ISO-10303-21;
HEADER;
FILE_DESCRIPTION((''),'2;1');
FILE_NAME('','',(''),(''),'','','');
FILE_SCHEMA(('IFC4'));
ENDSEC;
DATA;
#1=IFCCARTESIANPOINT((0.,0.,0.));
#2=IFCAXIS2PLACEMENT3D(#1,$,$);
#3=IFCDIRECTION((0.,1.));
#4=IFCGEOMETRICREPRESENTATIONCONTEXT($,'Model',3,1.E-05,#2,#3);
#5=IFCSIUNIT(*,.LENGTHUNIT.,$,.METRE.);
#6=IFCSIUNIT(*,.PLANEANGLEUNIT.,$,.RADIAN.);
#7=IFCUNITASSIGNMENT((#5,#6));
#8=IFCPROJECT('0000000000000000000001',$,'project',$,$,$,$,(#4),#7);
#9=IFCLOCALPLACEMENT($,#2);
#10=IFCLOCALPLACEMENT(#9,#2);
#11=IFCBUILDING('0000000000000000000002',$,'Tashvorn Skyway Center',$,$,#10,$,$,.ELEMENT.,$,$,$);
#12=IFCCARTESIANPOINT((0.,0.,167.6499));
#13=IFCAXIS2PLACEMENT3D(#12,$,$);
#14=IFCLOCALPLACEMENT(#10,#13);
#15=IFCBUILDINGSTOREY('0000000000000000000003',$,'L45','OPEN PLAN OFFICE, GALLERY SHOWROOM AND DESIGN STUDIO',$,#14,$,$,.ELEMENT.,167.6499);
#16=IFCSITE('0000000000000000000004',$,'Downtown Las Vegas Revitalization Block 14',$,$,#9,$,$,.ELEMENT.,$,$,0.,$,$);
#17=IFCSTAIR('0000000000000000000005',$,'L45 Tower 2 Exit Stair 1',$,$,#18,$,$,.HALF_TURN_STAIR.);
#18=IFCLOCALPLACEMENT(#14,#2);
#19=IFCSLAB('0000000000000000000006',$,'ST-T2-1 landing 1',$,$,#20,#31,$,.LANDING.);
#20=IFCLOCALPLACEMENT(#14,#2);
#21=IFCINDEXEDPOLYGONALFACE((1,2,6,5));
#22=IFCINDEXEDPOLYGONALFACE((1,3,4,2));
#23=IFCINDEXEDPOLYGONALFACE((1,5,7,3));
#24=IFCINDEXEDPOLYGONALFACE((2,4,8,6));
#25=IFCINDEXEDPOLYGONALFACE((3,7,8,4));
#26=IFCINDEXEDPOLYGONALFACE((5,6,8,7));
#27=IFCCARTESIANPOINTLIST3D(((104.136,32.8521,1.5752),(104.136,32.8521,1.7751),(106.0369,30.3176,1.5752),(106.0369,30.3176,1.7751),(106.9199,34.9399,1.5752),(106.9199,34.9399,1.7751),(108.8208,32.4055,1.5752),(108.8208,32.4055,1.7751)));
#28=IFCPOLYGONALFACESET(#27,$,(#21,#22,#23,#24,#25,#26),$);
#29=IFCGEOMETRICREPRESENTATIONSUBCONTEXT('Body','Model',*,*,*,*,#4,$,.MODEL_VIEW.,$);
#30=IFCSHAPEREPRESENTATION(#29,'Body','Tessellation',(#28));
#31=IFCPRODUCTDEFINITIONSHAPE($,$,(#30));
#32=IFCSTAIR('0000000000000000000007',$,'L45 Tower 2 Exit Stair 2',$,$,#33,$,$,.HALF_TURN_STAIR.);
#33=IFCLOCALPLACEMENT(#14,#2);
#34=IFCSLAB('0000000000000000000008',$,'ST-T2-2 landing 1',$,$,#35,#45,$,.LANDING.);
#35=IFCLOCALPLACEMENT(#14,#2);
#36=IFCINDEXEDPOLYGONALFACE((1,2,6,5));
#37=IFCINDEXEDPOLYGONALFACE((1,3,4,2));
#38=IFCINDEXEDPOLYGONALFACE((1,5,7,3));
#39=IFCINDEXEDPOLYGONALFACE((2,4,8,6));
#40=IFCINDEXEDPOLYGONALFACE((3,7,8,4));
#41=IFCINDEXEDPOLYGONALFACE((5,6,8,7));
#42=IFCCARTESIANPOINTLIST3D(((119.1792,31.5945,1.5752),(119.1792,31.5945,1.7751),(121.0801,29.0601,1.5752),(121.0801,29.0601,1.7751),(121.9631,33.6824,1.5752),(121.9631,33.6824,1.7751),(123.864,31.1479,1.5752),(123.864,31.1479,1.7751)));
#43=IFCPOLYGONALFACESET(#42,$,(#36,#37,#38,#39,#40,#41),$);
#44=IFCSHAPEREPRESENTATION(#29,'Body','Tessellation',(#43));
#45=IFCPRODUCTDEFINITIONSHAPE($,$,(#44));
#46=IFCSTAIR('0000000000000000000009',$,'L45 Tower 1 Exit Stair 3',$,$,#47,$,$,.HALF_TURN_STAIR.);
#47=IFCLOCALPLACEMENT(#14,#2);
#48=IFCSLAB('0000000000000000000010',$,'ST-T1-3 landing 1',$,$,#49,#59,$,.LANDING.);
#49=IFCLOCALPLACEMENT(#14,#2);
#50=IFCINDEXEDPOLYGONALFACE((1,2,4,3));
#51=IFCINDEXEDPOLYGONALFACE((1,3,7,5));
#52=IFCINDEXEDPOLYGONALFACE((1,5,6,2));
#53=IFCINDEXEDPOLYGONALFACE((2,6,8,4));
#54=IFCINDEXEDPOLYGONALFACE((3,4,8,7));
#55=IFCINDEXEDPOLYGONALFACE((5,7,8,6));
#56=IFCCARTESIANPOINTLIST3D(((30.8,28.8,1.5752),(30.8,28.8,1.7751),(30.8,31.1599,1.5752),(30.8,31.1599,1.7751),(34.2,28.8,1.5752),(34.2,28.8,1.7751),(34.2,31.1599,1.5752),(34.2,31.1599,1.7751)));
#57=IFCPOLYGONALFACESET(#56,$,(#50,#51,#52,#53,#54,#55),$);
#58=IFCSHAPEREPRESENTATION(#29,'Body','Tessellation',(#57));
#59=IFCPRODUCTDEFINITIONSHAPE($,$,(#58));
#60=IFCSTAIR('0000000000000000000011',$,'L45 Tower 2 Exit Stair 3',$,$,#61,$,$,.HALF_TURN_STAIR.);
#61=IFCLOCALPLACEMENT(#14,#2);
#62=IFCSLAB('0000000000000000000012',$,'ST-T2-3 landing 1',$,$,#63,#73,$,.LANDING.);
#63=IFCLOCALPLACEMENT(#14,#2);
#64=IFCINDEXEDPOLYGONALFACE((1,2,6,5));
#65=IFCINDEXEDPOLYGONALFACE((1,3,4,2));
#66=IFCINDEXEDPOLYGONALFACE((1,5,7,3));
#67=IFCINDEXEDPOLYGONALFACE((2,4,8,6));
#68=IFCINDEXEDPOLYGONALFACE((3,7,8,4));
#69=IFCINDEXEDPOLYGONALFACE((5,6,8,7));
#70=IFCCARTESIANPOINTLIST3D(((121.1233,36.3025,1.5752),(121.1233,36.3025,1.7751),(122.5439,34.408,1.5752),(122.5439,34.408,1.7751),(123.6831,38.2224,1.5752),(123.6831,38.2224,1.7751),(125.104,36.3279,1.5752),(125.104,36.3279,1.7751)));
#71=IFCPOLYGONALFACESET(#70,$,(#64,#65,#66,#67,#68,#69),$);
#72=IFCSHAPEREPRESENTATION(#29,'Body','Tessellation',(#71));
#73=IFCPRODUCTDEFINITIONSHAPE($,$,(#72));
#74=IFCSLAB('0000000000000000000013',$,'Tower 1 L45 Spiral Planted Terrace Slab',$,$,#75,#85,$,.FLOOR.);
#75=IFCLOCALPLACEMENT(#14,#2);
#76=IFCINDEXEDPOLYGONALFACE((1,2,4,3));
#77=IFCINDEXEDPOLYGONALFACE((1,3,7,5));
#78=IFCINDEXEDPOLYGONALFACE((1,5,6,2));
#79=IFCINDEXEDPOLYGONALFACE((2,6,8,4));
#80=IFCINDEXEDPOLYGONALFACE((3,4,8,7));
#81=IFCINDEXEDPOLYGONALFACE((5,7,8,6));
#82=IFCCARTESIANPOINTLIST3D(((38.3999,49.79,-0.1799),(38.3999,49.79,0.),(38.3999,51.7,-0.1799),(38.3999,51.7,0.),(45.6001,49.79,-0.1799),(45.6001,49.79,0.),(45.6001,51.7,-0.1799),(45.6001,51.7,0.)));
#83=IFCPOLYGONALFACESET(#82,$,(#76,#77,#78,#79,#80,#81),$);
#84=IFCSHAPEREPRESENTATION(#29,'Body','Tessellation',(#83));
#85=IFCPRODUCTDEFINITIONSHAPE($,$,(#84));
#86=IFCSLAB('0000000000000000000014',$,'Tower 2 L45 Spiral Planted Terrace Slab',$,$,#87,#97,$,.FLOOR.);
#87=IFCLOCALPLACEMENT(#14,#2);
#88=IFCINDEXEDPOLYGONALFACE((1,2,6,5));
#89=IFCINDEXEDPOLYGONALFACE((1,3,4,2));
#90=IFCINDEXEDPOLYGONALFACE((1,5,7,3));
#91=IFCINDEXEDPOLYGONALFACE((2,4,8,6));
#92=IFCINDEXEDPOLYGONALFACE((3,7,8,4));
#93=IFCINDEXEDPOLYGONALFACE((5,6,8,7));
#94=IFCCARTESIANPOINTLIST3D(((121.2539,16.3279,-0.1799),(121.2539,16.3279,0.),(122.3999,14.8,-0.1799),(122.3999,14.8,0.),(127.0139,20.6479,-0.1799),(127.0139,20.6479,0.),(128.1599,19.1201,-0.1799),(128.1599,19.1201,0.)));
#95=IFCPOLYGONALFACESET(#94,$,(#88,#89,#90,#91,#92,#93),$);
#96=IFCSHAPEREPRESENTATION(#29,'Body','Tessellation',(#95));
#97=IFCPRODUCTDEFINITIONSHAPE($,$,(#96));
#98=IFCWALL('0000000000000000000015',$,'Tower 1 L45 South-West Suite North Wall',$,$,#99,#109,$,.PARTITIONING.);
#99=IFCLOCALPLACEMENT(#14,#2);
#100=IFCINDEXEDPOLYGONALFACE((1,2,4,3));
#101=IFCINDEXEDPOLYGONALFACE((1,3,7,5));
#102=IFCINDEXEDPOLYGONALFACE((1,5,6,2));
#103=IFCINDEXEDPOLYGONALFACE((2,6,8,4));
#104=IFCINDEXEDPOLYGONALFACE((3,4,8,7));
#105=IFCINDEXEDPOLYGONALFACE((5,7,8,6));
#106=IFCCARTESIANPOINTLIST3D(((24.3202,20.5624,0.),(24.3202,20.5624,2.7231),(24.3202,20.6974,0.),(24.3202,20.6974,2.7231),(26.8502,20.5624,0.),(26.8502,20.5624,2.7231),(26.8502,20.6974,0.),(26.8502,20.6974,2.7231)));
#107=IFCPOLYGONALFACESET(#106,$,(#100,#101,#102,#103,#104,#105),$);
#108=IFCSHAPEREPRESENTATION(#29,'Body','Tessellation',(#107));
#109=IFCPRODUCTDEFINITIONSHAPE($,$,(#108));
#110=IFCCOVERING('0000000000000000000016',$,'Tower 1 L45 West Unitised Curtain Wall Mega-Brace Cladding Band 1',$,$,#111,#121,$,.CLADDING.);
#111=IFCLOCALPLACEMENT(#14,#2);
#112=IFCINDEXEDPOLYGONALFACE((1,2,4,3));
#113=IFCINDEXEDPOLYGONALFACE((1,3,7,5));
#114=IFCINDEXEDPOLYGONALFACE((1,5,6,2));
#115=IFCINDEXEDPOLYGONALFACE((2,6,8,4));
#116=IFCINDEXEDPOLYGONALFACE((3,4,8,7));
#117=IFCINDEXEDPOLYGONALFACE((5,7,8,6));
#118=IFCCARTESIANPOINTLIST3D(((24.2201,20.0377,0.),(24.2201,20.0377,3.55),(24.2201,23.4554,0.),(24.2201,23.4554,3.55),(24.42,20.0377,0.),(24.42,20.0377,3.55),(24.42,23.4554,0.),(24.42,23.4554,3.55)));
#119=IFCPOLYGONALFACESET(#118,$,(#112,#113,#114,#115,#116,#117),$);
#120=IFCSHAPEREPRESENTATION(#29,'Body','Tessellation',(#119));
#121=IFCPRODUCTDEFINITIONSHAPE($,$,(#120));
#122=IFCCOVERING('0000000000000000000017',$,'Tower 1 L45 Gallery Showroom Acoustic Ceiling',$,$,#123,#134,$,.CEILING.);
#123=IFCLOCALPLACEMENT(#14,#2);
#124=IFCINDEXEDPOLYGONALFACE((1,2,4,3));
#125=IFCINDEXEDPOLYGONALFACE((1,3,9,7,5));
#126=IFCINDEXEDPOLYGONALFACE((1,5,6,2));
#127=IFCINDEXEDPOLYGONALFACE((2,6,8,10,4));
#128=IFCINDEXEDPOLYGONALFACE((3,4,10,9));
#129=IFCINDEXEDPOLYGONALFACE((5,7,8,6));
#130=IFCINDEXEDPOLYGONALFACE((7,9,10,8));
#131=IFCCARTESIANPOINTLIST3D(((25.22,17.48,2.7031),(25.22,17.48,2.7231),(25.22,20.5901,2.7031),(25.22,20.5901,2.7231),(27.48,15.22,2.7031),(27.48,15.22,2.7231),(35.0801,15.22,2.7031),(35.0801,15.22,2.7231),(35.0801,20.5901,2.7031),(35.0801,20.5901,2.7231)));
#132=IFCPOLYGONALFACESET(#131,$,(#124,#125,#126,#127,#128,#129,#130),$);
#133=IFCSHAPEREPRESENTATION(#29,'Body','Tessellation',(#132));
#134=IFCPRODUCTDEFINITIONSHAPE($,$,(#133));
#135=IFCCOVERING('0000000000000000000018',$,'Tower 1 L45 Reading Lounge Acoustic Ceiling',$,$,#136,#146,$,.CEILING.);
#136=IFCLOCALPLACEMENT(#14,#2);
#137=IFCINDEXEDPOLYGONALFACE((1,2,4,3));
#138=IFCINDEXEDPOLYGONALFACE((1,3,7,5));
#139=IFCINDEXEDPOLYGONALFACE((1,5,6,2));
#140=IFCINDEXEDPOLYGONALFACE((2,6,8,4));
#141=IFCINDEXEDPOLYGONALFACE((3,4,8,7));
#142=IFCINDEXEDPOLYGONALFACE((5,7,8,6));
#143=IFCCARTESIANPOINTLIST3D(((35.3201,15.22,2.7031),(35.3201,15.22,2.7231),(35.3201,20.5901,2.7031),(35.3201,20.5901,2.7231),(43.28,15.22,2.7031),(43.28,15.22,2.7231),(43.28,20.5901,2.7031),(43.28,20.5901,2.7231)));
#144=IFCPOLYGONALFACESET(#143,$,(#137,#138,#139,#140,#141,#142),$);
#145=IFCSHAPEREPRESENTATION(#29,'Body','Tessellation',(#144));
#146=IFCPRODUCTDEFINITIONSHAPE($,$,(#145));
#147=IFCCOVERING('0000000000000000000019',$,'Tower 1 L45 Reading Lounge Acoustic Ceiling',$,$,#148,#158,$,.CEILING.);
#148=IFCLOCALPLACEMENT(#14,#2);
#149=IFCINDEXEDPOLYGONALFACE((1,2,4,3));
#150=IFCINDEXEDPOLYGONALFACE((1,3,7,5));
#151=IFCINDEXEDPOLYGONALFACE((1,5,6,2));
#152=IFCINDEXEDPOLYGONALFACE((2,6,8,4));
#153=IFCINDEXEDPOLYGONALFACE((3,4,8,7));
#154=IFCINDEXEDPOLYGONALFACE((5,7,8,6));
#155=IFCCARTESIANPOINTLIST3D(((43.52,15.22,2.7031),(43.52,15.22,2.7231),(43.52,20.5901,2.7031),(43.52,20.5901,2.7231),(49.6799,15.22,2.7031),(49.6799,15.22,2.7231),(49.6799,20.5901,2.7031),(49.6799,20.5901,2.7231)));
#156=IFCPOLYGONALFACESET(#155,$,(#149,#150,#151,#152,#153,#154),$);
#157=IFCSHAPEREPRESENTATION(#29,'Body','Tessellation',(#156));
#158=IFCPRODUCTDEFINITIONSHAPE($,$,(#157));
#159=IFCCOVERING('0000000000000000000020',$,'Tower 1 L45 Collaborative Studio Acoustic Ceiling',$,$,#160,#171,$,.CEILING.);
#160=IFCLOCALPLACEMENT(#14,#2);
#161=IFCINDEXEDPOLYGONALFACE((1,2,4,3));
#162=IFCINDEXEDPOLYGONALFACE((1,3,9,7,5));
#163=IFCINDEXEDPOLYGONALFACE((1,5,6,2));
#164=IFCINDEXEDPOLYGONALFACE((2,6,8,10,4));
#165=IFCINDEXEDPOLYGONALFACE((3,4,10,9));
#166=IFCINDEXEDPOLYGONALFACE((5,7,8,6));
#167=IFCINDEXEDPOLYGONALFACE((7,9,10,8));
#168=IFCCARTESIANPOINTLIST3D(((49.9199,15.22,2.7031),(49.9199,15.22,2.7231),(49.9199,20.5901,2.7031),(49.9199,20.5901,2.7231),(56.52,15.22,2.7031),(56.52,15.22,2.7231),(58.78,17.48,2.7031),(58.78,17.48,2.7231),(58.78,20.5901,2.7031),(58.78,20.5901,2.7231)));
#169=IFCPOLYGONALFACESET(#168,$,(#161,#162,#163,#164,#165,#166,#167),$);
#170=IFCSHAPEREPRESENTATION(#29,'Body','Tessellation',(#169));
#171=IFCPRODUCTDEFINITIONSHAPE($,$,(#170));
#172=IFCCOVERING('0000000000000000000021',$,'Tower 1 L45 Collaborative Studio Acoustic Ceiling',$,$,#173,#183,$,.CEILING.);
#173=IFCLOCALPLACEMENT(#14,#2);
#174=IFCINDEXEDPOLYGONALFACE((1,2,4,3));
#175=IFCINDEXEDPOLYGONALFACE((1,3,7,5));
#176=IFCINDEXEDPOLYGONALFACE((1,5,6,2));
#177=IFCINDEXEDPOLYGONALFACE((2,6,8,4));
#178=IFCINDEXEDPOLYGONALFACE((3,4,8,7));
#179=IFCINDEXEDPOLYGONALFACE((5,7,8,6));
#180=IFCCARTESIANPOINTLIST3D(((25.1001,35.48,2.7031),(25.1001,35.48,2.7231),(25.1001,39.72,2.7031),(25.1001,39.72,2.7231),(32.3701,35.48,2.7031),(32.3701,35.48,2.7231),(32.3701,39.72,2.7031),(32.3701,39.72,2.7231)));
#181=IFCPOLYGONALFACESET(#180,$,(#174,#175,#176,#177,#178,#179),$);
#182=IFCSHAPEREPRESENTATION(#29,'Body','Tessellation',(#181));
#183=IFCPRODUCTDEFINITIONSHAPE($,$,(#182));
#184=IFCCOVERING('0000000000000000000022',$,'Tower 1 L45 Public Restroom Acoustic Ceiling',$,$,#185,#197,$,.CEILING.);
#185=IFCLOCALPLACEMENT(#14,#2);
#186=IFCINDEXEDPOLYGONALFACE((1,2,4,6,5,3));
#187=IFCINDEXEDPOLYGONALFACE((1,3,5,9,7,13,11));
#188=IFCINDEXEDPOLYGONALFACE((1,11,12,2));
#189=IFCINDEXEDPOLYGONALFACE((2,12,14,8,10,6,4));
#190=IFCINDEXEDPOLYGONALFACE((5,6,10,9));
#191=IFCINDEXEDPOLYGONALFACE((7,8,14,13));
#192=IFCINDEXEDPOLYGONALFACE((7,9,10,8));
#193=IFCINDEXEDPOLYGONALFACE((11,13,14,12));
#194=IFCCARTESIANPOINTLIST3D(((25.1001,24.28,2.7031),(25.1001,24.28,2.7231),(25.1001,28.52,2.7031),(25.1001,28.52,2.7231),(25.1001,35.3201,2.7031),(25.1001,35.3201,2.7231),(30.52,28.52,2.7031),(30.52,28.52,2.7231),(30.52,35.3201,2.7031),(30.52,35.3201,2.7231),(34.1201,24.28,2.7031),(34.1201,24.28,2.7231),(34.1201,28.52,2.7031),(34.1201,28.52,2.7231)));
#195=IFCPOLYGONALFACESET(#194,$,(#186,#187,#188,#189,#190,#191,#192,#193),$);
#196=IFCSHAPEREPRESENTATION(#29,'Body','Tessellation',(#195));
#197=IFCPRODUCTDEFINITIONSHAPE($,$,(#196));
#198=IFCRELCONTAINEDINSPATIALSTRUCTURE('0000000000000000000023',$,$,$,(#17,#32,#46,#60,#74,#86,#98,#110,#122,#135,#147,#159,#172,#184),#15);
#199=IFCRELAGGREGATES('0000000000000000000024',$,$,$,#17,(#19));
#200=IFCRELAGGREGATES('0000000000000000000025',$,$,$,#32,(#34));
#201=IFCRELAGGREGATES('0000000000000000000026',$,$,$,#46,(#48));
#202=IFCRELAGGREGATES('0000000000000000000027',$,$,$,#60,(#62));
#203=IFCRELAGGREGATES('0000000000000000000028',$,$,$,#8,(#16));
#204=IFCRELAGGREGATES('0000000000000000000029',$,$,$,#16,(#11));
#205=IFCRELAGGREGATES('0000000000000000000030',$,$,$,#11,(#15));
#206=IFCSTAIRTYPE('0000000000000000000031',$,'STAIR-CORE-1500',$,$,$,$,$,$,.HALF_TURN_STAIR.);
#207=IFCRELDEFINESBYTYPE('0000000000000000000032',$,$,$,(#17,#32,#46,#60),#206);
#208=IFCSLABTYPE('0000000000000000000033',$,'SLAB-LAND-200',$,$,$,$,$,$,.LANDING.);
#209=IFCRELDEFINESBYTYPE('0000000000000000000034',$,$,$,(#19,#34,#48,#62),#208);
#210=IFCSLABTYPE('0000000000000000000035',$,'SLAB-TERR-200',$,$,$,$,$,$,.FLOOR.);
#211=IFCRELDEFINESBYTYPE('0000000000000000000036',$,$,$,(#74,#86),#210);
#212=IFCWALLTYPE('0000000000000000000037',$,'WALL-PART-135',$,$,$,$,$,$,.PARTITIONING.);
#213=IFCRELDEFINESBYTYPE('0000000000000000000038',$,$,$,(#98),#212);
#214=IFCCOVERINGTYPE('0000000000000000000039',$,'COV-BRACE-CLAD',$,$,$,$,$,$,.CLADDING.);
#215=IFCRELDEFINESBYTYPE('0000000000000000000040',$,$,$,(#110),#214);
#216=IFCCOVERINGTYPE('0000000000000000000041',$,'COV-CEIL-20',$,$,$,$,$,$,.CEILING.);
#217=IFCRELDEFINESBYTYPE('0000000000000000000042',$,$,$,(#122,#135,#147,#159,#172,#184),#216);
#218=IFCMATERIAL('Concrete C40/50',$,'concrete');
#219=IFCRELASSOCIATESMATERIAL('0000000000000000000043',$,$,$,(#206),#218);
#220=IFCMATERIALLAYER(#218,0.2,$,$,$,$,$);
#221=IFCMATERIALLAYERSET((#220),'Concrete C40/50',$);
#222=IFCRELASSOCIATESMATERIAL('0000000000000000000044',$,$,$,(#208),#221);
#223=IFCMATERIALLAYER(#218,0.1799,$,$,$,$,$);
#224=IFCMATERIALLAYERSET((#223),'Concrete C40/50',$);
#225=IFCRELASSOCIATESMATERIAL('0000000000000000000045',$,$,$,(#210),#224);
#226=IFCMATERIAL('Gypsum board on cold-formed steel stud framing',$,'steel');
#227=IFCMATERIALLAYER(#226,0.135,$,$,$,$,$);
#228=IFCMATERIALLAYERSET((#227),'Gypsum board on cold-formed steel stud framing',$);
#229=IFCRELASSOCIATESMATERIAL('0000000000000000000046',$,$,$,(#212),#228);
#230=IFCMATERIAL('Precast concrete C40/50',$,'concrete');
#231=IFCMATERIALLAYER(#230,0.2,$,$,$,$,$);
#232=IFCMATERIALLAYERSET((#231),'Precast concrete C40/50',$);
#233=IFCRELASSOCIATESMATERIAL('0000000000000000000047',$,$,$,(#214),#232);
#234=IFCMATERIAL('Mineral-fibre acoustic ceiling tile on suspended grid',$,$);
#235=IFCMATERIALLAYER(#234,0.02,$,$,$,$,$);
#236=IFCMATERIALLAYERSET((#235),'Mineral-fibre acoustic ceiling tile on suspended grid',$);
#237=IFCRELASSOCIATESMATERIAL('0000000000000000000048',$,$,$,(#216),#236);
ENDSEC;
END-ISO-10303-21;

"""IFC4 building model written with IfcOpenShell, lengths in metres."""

from ifc_helpers import new_model, si_unit, direction, frame, frame_2d, origin, origin_2d, place, context, subcontext, project, spatial, polyline, rectangle, outline, extrude, material, layer, layer_set, type_object, element, aggregate, save


model = new_model("IFC4")

# Units and contexts
model_context = context("Model", 3, precision=1e-05, world=origin(), true_north=direction((0.0, 1.0)))
body_context = subcontext(model_context, "Body", "Model", "MODEL_VIEW")
ifc_project = project(units=[si_unit("LENGTHUNIT", "METRE"), si_unit("PLANEANGLEUNIT", "RADIAN")], contexts=[model_context])

# Site, building, storey
site_placement = place(None, origin())
site = spatial("IfcSite", under=ifc_project, at=site_placement, Name="Downtown Las Vegas Revitalization Block 14", CompositionType="ELEMENT", RefElevation=0.0)
building_placement = place(site_placement, origin())
building = spatial("IfcBuilding", under=site, at=building_placement, Name="Tashvorn Skyway Center", CompositionType="ELEMENT")
storey_placement = place(building_placement, frame((0.0, 0.0, 167.6499)))
storey = spatial("IfcBuildingStorey", under=building, at=storey_placement, Name="L45", Description="OPEN PLAN OFFICE, GALLERY SHOWROOM AND DESIGN STUDIO", CompositionType="ELEMENT", Elevation=167.6499)

# Shared definitions
ifc_material_1 = material(Name="Concrete C40/50", Category="concrete")

# Stairs, slabs
stair_type = type_object("IfcStairType", Name="STAIR-CORE-1500", PredefinedType="HALF_TURN_STAIR", material=ifc_material_1)
ifc_layer_1 = layer(ifc_material_1, 0.2)
ifc_layer_set_1 = layer_set([ifc_layer_1], Name="Concrete C40/50")
slab_type_1 = type_object("IfcSlabType", Name="SLAB-LAND-200", PredefinedType="LANDING", material=ifc_layer_set_1)
stair_1_placement = place(storey_placement, origin())
stair_1 = element("IfcStair", 1, at=stair_1_placement, inside=storey, type_object=stair_type, Name="L45 Tower 2 Exit Stair 1", PredefinedType="HALF_TURN_STAIR")
slab_1_placement = place(storey_placement, frame((0.0, 0.0, 1.5752)))
slab_1 = element("IfcSlab", 2, at=slab_1_placement, type_object=slab_type_1, Name="ST-T2-1 landing 1", PredefinedType="LANDING", context=body_context, shape_type="SweptSolid", body=[
    extrude(outline(polyline([(108.8208, 32.4055), (106.9199, 34.9399), (104.136, 32.8521), (106.0369, 30.3176), (108.8208, 32.4055)])), origin(), (0.0, 0.0, 1.0), 0.2),
])
aggregate(stair_1, [slab_1])
stair_2_placement = place(storey_placement, origin())
stair_2 = element("IfcStair", 3, at=stair_2_placement, inside=storey, type_object=stair_type, Name="L45 Tower 2 Exit Stair 2", PredefinedType="HALF_TURN_STAIR")
slab_2_placement = place(storey_placement, frame((0.0, 0.0, 1.5752)))
slab_2 = element("IfcSlab", 4, at=slab_2_placement, type_object=slab_type_1, Name="ST-T2-2 landing 1", PredefinedType="LANDING", context=body_context, shape_type="SweptSolid", body=[
    extrude(outline(polyline([(119.1792, 31.5945), (121.0801, 29.0601), (123.864, 31.1479), (121.9631, 33.6824), (119.1792, 31.5945)])), origin(), (0.0, 0.0, 1.0), 0.2),
])
aggregate(stair_2, [slab_2])
stair_3_placement = place(storey_placement, origin())
stair_3 = element("IfcStair", 5, at=stair_3_placement, inside=storey, type_object=stair_type, Name="L45 Tower 1 Exit Stair 3", PredefinedType="HALF_TURN_STAIR")
slab_3_placement = place(storey_placement, frame((0.0, 0.0, 1.5752)))
slab_3 = element("IfcSlab", 6, at=slab_3_placement, type_object=slab_type_1, Name="ST-T1-3 landing 1", PredefinedType="LANDING", context=body_context, shape_type="SweptSolid", body=[
    extrude(outline(polyline([(30.8, 31.1599), (30.8, 28.8), (34.2, 28.8), (34.2, 31.1599), (30.8, 31.1599)])), origin(), (0.0, 0.0, 1.0), 0.2),
])
aggregate(stair_3, [slab_3])
stair_4_placement = place(storey_placement, origin())
stair_4 = element("IfcStair", 7, at=stair_4_placement, inside=storey, type_object=stair_type, Name="L45 Tower 2 Exit Stair 3", PredefinedType="HALF_TURN_STAIR")
slab_4_placement = place(storey_placement, frame((0.0, 0.0, 1.5752)))
slab_4 = element("IfcSlab", 8, at=slab_4_placement, type_object=slab_type_1, Name="ST-T2-3 landing 1", PredefinedType="LANDING", context=body_context, shape_type="SweptSolid", body=[
    extrude(outline(polyline([(121.1233, 36.3025), (122.5439, 34.408), (125.104, 36.3279), (123.6831, 38.2224), (121.1233, 36.3025)])), origin(), (0.0, 0.0, 1.0), 0.2),
])
aggregate(stair_4, [slab_4])

# Slabs
ifc_layer_2 = layer(ifc_material_1, 0.1799)
ifc_layer_set_2 = layer_set([ifc_layer_2], Name="Concrete C40/50")
slab_type_2 = type_object("IfcSlabType", Name="SLAB-TERR-200", PredefinedType="FLOOR", material=ifc_layer_set_2)
slab_5_placement = place(storey_placement, frame((0.0, 0.0, -0.1799)))
element("IfcSlab", 9, at=slab_5_placement, inside=storey, type_object=slab_type_2, Name="Tower 1 L45 Spiral Planted Terrace Slab", PredefinedType="FLOOR", context=body_context, shape_type="SweptSolid", body=[
    extrude(outline(polyline([(38.3999, 49.79), (45.6001, 49.79), (45.6001, 51.7), (38.3999, 51.7), (38.3999, 49.79)])), origin(), (0.0, 0.0, 1.0), 0.1799),
])
slab_6_placement = place(storey_placement, frame((0.0, 0.0, -0.1799)))
element("IfcSlab", 10, at=slab_6_placement, inside=storey, type_object=slab_type_2, Name="Tower 2 L45 Spiral Planted Terrace Slab", PredefinedType="FLOOR", context=body_context, shape_type="SweptSolid", body=[
    extrude(outline(polyline([(122.3999, 14.8), (128.1599, 19.1201), (127.0139, 20.6479), (121.2539, 16.3279), (122.3999, 14.8)])), origin(), (0.0, 0.0, 1.0), 0.1799),
])

# Wall
ifc_material_2 = material(Name="Gypsum board on cold-formed steel stud framing", Category="steel")
ifc_layer_3 = layer(ifc_material_2, 0.135)
ifc_layer_set_3 = layer_set([ifc_layer_3], Name="Gypsum board on cold-formed steel stud framing")
wall_type = type_object("IfcWallType", Name="WALL-PART-135", PredefinedType="PARTITIONING", material=ifc_layer_set_3)
wall_placement = place(storey_placement, frame((24.3201, 20.6299, 0.0), z_axis=(0.0, 0.0, 1.0), x_axis=(1.0, 0.0, 0.0)))
element("IfcWall", 11, at=wall_placement, inside=storey, type_object=wall_type, Name="Tower 1 L45 South-West Suite North Wall", PredefinedType="PARTITIONING", context=body_context, shape_type="SweptSolid", body=[
    extrude(rectangle(XDim=2.53, YDim=0.135, at=frame_2d((1.2651, 0.0))), origin(), (0.0, 0.0, 1.0), 2.7231),
])

# Coverings
ifc_material_3 = material(Name="Precast concrete C40/50", Category="concrete")
ifc_layer_4 = layer(ifc_material_3, 0.2)
ifc_layer_set_4 = layer_set([ifc_layer_4], Name="Precast concrete C40/50")
covering_type_1 = type_object("IfcCoveringType", Name="COV-BRACE-CLAD", PredefinedType="CLADDING", material=ifc_layer_set_4)
covering_1_placement = place(storey_placement, frame((24.3201, 21.7466, 0.0), z_axis=(0.0, 0.0, 1.0), x_axis=(0.0, 1.0, 0.0)))
element("IfcCovering", 12, at=covering_1_placement, inside=storey, type_object=covering_type_1, Name="Tower 1 L45 West Unitised Curtain Wall Mega-Brace Cladding Band 1", PredefinedType="CLADDING", context=body_context, shape_type="SweptSolid", body=[
    extrude(rectangle(XDim=3.4177, YDim=0.2, at=origin_2d()), origin(), (0.0, 0.0, 1.0), 3.55),
])
ifc_material_4 = material(Name="Mineral-fibre acoustic ceiling tile on suspended grid")
ifc_layer_5 = layer(ifc_material_4, 0.02)
ifc_layer_set_5 = layer_set([ifc_layer_5], Name="Mineral-fibre acoustic ceiling tile on suspended grid")
covering_type_2 = type_object("IfcCoveringType", Name="COV-CEIL-20", PredefinedType="CEILING", material=ifc_layer_set_5)
covering_2_placement = place(storey_placement, frame((0.0, 0.0, 2.7031)))
element("IfcCovering", 13, at=covering_2_placement, inside=storey, type_object=covering_type_2, Name="Tower 1 L45 Gallery Showroom Acoustic Ceiling", PredefinedType="CEILING", context=body_context, shape_type="SweptSolid", body=[
    extrude(outline(polyline([(25.22, 20.5901), (35.0801, 20.5901), (35.0801, 15.22), (27.48, 15.22), (25.22, 17.48), (25.22, 20.5901)])), origin(), (0.0, 0.0, 1.0), 0.02),
])
covering_3_placement = place(storey_placement, frame((0.0, 0.0, 2.7031)))
element("IfcCovering", 14, at=covering_3_placement, inside=storey, type_object=covering_type_2, Name="Tower 1 L45 Reading Lounge Acoustic Ceiling", PredefinedType="CEILING", context=body_context, shape_type="SweptSolid", body=[
    extrude(outline(polyline([(35.3201, 20.5901), (43.28, 20.5901), (43.28, 15.22), (35.3201, 15.22), (35.3201, 20.5901)])), origin(), (0.0, 0.0, 1.0), 0.02),
])
covering_4_placement = place(storey_placement, frame((0.0, 0.0, 2.7031)))
element("IfcCovering", 15, at=covering_4_placement, inside=storey, type_object=covering_type_2, Name="Tower 1 L45 Reading Lounge Acoustic Ceiling", PredefinedType="CEILING", context=body_context, shape_type="SweptSolid", body=[
    extrude(outline(polyline([(43.52, 20.5901), (49.6799, 20.5901), (49.6799, 15.22), (43.52, 15.22), (43.52, 20.5901)])), origin(), (0.0, 0.0, 1.0), 0.02),
])
covering_5_placement = place(storey_placement, frame((0.0, 0.0, 2.7031)))
element("IfcCovering", 16, at=covering_5_placement, inside=storey, type_object=covering_type_2, Name="Tower 1 L45 Collaborative Studio Acoustic Ceiling", PredefinedType="CEILING", context=body_context, shape_type="SweptSolid", body=[
    extrude(outline(polyline([(49.9199, 15.22), (49.9199, 20.5901), (58.78, 20.5901), (58.78, 17.48), (56.52, 15.22), (49.9199, 15.22)])), origin(), (0.0, 0.0, 1.0), 0.02),
])
covering_6_placement = place(storey_placement, frame((0.0, 0.0, 2.7031)))
element("IfcCovering", 17, at=covering_6_placement, inside=storey, type_object=covering_type_2, Name="Tower 1 L45 Collaborative Studio Acoustic Ceiling", PredefinedType="CEILING", context=body_context, shape_type="SweptSolid", body=[
    extrude(outline(polyline([(32.3701, 39.72), (32.3701, 35.48), (25.1001, 35.48), (25.1001, 39.72), (32.3701, 39.72)])), origin(), (0.0, 0.0, 1.0), 0.02),
])
covering_7_placement = place(storey_placement, frame((0.0, 0.0, 2.7031)))
element("IfcCovering", 18, at=covering_7_placement, inside=storey, type_object=covering_type_2, Name="Tower 1 L45 Public Restroom Acoustic Ceiling", PredefinedType="CEILING", context=body_context, shape_type="SweptSolid", body=[
    extrude(outline(polyline([(34.1201, 24.28), (25.1001, 24.28), (25.1001, 28.52), (25.1001, 35.3201), (30.52, 35.3201), (30.52, 28.52), (34.1201, 28.52), (34.1201, 24.28)])), origin(), (0.0, 0.0, 1.0), 0.02),
])

save(model, "model.ifc")
